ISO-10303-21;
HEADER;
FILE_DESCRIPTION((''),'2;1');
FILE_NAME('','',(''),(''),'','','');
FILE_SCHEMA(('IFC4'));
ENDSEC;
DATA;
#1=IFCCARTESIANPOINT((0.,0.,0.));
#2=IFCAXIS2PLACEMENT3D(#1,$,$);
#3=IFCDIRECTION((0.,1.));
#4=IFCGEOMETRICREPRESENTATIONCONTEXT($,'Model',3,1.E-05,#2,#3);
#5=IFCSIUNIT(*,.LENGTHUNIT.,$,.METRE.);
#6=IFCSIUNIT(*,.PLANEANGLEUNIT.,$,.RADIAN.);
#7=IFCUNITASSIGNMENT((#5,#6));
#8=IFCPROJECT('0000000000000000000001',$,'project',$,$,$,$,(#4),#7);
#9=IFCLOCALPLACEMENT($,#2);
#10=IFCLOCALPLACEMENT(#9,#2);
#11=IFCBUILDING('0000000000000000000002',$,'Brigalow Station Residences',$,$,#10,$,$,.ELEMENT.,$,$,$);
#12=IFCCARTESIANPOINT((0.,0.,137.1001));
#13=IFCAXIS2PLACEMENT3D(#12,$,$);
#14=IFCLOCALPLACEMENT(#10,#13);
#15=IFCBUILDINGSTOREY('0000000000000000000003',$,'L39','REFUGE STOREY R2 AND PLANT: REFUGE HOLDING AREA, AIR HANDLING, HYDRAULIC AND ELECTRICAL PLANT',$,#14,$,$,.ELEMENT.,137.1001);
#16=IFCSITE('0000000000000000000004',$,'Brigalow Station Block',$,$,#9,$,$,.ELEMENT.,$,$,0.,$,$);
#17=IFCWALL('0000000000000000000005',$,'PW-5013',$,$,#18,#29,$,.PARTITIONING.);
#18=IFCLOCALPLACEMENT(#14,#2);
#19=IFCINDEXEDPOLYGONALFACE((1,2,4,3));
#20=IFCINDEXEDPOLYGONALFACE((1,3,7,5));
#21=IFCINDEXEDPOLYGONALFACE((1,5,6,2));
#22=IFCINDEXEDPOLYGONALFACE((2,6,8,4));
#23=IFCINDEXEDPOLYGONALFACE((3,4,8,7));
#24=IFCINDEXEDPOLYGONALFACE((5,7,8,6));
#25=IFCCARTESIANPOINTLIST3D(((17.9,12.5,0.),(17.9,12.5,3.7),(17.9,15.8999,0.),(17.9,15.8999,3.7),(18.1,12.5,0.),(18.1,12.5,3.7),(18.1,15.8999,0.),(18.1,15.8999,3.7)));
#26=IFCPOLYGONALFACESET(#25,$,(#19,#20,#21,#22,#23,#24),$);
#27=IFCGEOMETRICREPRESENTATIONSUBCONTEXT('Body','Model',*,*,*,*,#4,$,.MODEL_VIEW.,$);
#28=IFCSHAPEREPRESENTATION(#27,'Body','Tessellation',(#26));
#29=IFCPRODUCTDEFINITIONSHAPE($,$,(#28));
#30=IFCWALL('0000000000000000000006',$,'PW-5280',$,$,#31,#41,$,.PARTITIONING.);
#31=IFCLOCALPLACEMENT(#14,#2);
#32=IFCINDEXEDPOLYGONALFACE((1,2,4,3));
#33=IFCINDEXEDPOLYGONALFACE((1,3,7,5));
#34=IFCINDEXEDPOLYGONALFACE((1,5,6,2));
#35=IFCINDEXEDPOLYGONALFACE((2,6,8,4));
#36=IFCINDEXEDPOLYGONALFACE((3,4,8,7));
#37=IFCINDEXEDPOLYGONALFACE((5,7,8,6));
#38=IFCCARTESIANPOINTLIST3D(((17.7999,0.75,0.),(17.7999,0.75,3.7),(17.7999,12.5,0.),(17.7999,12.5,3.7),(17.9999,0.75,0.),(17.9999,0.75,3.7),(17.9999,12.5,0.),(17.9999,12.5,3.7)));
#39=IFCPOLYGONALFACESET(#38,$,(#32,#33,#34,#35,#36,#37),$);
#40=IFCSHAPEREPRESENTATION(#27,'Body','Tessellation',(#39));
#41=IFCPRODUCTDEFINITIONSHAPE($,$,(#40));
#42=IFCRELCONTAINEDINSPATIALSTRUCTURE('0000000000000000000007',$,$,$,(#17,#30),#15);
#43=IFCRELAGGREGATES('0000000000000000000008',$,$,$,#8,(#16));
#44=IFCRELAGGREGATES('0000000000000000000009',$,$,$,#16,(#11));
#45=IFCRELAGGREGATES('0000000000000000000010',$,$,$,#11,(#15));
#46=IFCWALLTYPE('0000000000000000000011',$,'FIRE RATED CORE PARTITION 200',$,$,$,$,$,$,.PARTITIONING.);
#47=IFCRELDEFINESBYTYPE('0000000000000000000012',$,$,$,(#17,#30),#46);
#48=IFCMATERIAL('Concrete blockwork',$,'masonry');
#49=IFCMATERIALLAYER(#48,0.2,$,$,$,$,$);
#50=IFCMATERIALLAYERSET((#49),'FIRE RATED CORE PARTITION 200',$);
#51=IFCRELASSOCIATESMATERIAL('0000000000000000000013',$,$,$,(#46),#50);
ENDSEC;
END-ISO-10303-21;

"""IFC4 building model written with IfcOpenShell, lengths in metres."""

from ifc_helpers import new_model, si_unit, direction, frame, frame_2d, origin, place, context, subcontext, project, spatial, rectangle, extrude, material, layer, layer_set, type_object, element, save


model = new_model("IFC4")

# Units and contexts
model_context = context("Model", 3, precision=1e-05, world=origin(), true_north=direction((0.0, 1.0)))
body_context = subcontext(model_context, "Body", "Model", "MODEL_VIEW")
ifc_project = project(units=[si_unit("LENGTHUNIT", "METRE"), si_unit("PLANEANGLEUNIT", "RADIAN")], contexts=[model_context])

# Site, building, storey
site_placement = place(None, origin())
site = spatial("IfcSite", under=ifc_project, at=site_placement, Name="Brigalow Station Block", CompositionType="ELEMENT", RefElevation=0.0)
building_placement = place(site_placement, origin())
building = spatial("IfcBuilding", under=site, at=building_placement, Name="Brigalow Station Residences", CompositionType="ELEMENT")
storey_placement = place(building_placement, frame((0.0, 0.0, 137.1001)))
storey = spatial("IfcBuildingStorey", under=building, at=storey_placement, Name="L39", Description="REFUGE STOREY R2 AND PLANT: REFUGE HOLDING AREA, AIR HANDLING, HYDRAULIC AND ELECTRICAL PLANT", CompositionType="ELEMENT", Elevation=137.1001)

# Walls
ifc_material_1 = material(Name="Concrete blockwork", Category="masonry")
ifc_layer_1 = layer(ifc_material_1, 0.2)
ifc_layer_set_1 = layer_set([ifc_layer_1], Name="FIRE RATED CORE PARTITION 200")
wall_type_1 = type_object("IfcWallType", Name="FIRE RATED CORE PARTITION 200", PredefinedType="PARTITIONING", material=ifc_layer_set_1)
wall_1_placement = place(storey_placement, frame((18.0, 12.5, 0.0), z_axis=(0.0, 0.0, 1.0), x_axis=(0.0, 1.0, 0.0)))
element("IfcWall", 1, at=wall_1_placement, inside=storey, type_object=wall_type_1, Name="PW-5013", PredefinedType="PARTITIONING", context=body_context, shape_type="SweptSolid", body=[
    extrude(rectangle(XDim=3.3999, YDim=0.2, at=frame_2d((1.7, 0.0))), origin(), (0.0, 0.0, 1.0), 3.7),
])
wall_2_placement = place(storey_placement, frame((17.8999, 0.75, 0.0), z_axis=(0.0, 0.0, 1.0), x_axis=(0.0, 1.0, 0.0)))
element("IfcWall", 2, at=wall_2_placement, inside=storey, type_object=wall_type_1, Name="PW-5280", PredefinedType="PARTITIONING", context=body_context, shape_type="SweptSolid", body=[
    extrude(rectangle(XDim=11.75, YDim=0.2, at=frame_2d((5.875, 0.0))), origin(), (0.0, 0.0, 1.0), 3.7),
])

save(model, "model.ifc")
